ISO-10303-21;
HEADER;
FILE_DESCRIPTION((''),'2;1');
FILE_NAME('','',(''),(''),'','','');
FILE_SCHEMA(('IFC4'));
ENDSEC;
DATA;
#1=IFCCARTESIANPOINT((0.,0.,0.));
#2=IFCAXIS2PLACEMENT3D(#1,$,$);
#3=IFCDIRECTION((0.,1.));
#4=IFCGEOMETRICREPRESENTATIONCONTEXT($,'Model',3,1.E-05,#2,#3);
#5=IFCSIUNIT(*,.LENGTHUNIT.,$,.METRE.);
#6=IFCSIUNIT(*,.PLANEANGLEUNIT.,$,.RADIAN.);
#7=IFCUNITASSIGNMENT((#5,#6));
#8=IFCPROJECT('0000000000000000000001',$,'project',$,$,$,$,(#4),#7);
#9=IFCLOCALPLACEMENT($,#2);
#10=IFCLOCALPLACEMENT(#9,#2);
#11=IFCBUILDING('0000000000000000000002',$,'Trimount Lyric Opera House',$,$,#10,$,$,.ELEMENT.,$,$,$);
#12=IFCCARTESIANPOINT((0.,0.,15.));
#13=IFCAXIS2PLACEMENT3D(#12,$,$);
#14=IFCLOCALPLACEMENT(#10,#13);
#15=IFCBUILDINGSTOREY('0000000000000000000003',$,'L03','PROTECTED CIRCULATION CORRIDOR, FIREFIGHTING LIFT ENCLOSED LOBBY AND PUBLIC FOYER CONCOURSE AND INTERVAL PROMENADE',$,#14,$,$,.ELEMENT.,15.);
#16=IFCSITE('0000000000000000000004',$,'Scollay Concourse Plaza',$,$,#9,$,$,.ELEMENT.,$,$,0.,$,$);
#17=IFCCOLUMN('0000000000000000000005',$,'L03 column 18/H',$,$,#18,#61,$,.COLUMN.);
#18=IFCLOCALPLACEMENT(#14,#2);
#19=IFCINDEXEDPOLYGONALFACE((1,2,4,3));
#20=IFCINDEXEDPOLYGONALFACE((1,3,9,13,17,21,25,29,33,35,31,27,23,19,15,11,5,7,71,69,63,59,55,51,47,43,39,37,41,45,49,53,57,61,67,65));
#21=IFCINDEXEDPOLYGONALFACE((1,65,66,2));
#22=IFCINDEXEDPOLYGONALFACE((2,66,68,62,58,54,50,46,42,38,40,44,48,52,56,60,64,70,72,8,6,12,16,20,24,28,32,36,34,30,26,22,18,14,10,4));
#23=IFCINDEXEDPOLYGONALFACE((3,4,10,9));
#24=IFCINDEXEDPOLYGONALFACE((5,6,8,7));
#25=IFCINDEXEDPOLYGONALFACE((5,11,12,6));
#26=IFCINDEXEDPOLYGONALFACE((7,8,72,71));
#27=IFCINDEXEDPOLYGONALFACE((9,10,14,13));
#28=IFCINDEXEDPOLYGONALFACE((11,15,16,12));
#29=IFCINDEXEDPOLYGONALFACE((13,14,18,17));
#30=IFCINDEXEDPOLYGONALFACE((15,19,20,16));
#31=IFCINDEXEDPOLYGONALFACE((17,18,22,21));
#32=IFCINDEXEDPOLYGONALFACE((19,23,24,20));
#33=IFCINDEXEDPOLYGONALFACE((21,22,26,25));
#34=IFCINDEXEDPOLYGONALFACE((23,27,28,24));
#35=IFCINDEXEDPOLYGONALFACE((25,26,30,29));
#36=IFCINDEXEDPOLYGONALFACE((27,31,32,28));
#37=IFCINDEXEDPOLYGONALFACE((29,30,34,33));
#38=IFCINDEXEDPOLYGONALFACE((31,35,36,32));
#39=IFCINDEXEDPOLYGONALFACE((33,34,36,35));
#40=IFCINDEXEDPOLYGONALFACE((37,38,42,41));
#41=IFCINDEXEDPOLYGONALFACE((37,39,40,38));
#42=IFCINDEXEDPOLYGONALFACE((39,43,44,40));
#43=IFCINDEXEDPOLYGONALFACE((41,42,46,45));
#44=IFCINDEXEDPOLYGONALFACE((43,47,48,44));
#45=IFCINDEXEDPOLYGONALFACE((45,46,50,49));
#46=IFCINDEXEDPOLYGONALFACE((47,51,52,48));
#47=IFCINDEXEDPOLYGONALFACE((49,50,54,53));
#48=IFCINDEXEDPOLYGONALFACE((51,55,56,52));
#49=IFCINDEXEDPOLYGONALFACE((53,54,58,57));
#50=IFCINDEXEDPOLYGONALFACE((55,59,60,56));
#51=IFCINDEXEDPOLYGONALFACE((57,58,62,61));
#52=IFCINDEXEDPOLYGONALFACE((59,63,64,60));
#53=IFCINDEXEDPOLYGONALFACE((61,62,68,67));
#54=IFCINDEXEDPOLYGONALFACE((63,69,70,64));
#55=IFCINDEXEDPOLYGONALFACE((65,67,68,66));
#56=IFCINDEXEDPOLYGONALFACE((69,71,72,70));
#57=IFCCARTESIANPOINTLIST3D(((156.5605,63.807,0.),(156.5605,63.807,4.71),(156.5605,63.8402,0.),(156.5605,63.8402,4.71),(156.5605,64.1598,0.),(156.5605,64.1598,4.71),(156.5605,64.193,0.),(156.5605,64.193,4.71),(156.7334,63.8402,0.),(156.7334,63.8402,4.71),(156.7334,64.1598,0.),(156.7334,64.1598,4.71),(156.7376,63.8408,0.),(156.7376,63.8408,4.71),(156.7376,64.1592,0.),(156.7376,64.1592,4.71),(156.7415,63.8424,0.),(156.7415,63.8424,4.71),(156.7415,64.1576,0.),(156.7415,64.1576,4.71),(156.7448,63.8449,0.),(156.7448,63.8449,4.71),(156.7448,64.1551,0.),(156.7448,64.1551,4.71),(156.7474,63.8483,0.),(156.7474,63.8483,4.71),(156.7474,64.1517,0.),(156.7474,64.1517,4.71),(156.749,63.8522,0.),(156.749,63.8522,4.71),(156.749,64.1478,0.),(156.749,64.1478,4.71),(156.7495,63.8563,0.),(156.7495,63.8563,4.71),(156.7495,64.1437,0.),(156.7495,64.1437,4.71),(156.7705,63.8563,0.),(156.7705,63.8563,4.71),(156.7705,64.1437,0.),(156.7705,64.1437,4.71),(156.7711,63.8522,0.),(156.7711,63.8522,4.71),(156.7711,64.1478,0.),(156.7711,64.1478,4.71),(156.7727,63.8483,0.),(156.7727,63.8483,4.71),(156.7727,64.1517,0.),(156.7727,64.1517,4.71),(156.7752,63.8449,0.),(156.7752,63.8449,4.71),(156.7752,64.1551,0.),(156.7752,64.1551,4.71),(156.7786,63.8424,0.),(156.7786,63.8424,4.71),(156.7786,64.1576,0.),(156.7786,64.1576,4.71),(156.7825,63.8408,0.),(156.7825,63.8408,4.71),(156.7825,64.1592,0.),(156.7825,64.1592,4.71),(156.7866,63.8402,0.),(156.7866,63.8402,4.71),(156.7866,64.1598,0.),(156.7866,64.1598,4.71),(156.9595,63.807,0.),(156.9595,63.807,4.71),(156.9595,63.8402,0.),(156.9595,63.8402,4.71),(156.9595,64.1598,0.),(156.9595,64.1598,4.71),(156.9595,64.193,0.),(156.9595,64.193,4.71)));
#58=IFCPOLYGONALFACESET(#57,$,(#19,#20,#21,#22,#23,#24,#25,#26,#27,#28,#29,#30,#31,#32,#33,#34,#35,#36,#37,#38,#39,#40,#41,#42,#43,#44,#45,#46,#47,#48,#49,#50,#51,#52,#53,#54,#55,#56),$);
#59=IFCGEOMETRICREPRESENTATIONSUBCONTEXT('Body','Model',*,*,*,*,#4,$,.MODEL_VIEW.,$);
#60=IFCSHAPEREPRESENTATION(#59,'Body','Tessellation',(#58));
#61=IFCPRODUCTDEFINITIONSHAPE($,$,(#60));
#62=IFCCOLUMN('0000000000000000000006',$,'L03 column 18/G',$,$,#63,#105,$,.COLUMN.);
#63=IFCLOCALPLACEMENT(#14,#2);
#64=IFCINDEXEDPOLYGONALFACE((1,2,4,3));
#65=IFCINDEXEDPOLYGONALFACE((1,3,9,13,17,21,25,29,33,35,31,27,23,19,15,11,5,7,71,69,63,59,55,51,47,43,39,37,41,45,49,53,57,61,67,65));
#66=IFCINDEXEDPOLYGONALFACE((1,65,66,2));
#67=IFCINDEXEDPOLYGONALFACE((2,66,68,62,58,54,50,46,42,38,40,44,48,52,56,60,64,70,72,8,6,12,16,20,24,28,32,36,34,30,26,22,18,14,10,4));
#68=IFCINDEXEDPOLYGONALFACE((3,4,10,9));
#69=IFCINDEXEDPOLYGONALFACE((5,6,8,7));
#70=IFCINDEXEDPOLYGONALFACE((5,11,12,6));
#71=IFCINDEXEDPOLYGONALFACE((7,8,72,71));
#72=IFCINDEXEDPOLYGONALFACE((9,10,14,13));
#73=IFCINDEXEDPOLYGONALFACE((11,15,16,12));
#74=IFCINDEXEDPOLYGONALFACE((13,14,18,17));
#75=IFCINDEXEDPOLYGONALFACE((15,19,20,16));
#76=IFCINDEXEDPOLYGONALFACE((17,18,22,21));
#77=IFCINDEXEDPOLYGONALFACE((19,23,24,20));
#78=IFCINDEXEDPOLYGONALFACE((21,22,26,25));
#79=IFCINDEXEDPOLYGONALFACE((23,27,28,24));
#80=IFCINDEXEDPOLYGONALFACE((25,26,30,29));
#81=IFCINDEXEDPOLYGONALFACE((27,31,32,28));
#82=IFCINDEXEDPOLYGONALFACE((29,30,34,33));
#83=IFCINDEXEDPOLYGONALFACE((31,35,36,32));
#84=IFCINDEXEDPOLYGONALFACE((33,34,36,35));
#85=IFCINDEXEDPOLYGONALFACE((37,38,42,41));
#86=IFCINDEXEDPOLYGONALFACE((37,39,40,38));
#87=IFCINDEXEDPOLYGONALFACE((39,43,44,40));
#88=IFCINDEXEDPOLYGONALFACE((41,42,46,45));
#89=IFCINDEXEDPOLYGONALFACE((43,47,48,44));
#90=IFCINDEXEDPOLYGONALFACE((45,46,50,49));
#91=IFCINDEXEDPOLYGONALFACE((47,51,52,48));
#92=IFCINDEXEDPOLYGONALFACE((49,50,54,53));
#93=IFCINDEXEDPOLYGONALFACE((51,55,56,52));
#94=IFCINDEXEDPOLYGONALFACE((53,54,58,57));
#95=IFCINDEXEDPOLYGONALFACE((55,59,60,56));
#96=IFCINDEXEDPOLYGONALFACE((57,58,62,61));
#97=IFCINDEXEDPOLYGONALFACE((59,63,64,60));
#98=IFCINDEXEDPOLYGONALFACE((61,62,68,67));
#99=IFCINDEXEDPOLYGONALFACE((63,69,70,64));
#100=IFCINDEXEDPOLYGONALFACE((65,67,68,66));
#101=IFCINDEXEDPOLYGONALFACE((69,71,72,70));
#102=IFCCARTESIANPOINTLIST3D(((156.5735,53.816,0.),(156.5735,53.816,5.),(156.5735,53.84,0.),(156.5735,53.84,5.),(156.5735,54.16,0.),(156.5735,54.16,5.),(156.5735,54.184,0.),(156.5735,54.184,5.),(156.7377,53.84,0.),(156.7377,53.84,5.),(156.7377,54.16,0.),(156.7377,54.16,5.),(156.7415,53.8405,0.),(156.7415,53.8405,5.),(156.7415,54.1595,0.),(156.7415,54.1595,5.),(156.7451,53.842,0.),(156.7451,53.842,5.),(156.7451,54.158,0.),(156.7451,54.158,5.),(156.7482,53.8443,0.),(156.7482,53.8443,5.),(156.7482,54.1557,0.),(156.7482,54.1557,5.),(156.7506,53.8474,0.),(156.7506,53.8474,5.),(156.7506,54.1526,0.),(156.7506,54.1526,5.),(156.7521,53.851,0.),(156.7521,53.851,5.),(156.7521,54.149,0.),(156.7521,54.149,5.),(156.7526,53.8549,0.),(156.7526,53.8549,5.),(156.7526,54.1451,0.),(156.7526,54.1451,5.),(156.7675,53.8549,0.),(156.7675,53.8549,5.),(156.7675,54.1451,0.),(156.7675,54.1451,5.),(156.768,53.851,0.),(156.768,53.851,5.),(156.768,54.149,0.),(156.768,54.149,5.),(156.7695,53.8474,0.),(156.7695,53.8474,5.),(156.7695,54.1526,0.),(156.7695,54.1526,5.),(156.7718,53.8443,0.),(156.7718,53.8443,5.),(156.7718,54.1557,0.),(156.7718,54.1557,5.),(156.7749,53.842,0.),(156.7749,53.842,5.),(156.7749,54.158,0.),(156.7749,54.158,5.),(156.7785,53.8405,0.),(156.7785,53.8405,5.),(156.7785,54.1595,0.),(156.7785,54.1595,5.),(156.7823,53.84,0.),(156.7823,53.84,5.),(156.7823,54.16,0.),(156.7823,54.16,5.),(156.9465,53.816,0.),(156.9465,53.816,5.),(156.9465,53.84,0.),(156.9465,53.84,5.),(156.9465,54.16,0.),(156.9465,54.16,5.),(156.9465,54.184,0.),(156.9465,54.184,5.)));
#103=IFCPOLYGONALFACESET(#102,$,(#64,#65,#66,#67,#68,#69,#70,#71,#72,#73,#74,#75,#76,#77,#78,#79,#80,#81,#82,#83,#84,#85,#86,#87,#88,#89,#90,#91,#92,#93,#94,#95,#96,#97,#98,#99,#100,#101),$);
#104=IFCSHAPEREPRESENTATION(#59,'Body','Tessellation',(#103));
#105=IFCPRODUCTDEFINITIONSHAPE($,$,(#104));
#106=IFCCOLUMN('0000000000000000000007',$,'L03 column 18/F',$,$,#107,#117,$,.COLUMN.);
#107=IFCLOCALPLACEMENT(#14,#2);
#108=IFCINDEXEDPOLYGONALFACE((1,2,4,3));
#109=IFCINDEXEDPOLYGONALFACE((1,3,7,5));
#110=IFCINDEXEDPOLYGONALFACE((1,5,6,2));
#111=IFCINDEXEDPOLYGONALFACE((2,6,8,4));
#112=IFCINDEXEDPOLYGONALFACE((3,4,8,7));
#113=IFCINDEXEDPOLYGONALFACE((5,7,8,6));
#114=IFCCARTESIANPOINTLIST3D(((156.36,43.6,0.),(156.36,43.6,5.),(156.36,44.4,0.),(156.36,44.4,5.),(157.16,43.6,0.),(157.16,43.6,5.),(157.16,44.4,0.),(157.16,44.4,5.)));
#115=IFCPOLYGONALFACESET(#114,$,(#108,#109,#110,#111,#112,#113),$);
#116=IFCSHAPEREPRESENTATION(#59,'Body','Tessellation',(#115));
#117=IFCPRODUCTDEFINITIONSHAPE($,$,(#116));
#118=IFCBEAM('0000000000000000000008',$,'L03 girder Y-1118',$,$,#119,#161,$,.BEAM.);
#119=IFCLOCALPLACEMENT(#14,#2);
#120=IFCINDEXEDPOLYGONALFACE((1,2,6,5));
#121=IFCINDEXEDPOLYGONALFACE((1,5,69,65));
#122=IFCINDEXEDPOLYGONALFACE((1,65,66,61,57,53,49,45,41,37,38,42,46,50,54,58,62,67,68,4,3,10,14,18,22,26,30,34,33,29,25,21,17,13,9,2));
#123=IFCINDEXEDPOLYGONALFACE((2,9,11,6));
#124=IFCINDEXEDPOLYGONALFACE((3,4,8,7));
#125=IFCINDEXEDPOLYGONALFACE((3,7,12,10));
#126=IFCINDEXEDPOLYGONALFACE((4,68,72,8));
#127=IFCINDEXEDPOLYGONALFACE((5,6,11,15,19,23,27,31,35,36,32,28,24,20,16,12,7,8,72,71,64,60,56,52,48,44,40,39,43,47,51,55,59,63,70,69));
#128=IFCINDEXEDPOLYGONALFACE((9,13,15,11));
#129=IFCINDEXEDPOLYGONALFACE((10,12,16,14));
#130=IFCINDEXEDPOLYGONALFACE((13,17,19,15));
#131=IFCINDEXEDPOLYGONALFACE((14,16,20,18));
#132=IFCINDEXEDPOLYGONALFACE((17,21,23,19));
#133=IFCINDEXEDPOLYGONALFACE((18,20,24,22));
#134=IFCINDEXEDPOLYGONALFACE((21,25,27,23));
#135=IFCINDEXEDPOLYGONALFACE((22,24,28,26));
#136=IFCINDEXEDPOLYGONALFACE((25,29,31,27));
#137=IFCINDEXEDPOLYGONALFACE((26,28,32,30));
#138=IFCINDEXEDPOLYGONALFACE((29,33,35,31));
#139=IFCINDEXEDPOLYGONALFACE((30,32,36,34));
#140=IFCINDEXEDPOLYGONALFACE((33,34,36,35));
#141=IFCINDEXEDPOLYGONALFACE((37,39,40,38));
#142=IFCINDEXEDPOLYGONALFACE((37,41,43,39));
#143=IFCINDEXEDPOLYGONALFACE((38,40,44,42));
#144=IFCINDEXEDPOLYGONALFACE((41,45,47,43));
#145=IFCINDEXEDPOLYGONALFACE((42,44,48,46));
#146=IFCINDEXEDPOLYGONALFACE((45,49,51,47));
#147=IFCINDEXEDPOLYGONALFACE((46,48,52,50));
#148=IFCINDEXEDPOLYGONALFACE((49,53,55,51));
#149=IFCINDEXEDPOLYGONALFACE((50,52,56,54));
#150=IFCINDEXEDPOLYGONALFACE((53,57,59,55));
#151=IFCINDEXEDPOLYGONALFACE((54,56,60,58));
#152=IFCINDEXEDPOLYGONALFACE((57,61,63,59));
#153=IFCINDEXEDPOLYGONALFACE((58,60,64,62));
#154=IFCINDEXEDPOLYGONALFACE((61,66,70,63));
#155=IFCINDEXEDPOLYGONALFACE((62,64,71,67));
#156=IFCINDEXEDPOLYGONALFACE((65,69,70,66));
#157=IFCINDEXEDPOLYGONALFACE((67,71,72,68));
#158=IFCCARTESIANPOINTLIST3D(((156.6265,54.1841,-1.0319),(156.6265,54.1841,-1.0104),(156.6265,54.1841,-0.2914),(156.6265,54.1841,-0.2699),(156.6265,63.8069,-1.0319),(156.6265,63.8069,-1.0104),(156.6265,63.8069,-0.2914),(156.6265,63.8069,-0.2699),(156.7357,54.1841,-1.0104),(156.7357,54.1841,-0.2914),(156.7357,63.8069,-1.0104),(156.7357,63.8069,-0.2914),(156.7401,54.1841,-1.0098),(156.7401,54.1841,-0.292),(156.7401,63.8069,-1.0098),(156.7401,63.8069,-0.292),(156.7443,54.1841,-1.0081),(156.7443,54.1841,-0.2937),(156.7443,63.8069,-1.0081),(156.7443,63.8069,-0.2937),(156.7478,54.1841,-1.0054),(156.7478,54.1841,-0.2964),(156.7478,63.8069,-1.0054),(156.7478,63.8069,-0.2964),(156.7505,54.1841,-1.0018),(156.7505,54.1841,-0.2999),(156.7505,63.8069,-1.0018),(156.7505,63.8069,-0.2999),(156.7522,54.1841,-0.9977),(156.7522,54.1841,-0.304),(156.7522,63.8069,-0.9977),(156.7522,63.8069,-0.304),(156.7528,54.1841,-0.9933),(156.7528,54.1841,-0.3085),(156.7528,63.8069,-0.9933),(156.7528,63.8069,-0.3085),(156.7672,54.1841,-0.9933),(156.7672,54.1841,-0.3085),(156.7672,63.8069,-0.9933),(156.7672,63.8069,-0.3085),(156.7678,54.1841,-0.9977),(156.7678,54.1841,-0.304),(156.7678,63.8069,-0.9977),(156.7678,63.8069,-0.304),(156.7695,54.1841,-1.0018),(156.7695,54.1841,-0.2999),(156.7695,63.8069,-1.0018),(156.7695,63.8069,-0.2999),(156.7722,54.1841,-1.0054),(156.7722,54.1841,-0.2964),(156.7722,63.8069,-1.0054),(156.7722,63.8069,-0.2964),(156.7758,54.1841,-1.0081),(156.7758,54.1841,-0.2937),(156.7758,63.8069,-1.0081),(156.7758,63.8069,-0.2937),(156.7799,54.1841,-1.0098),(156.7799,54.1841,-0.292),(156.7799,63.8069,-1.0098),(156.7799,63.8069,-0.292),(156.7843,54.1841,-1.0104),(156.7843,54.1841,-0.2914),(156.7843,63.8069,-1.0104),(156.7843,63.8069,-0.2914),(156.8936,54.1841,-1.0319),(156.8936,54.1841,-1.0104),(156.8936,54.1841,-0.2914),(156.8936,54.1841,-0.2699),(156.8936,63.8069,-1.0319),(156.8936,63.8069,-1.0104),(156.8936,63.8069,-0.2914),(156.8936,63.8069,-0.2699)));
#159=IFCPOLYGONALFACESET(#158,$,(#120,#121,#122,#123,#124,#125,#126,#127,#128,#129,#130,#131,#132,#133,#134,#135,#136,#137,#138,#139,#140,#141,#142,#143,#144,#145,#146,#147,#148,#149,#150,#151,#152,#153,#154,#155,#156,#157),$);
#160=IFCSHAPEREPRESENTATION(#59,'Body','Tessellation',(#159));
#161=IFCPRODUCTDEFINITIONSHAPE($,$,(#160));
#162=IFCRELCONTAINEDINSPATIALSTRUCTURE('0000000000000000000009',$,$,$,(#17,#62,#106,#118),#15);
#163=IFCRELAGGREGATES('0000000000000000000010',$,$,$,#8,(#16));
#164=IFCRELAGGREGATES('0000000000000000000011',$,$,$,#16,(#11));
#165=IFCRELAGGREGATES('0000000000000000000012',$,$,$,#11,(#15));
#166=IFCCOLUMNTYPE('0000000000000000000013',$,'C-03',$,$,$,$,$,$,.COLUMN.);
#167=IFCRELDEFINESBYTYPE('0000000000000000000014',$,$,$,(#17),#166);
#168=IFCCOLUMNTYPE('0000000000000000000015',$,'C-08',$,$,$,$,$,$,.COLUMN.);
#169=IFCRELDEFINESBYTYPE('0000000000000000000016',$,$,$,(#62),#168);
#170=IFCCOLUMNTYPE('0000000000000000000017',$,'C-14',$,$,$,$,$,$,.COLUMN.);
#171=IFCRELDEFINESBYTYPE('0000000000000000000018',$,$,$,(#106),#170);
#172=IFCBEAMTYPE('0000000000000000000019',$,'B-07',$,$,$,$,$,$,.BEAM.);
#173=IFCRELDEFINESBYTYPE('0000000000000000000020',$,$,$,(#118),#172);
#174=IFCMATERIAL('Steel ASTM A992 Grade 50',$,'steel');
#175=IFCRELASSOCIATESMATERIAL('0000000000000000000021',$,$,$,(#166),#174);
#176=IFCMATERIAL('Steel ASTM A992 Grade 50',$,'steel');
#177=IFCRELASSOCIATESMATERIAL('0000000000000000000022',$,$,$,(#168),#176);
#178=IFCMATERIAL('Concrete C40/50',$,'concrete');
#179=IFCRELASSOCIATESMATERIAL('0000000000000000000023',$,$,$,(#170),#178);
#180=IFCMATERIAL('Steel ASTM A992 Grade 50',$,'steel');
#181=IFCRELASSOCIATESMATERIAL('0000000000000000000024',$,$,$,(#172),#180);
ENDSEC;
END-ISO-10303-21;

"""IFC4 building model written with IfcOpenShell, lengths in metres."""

from ifc_helpers import new_model, si_unit, direction, frame, origin, origin_2d, place, context, subcontext, project, spatial, rectangle, i_section, extrude, material, material_profile, profile_set, type_object, element, save


model = new_model("IFC4")

# Units and contexts
model_context = context("Model", 3, precision=1e-05, world=origin(), true_north=direction((0.0, 1.0)))
body_context = subcontext(model_context, "Body", "Model", "MODEL_VIEW")
ifc_project = project(units=[si_unit("LENGTHUNIT", "METRE"), si_unit("PLANEANGLEUNIT", "RADIAN")], contexts=[model_context])

# Site, building, storey
site_placement = place(None, origin())
site = spatial("IfcSite", under=ifc_project, at=site_placement, Name="Scollay Concourse Plaza", CompositionType="ELEMENT", RefElevation=0.0)
building_placement = place(site_placement, origin())
building = spatial("IfcBuilding", under=site, at=building_placement, Name="Trimount Lyric Opera House", CompositionType="ELEMENT")
storey_placement = place(building_placement, frame((0.0, 0.0, 15.0)))
storey = spatial("IfcBuildingStorey", under=building, at=storey_placement, Name="L03", Description="PROTECTED CIRCULATION CORRIDOR, FIREFIGHTING LIFT ENCLOSED LOBBY AND PUBLIC FOYER CONCOURSE AND INTERVAL PROMENADE", CompositionType="ELEMENT", Elevation=15.0)

# Columns
ifc_material_1 = material(Name="Steel ASTM A992 Grade 50", Category="steel")
ifc_material_profile_1 = material_profile(ifc_material_1, i_section(OverallWidth=0.3989, OverallDepth=0.386, WebThickness=0.021, FlangeThickness=0.0332, FilletRadius=0.0161, at=origin_2d()), Name="W14X176")
ifc_profile_set_1 = profile_set([ifc_material_profile_1], Name="Steel ASTM A992 Grade 50")
column_type_1 = type_object("IfcColumnType", Name="C-03", PredefinedType="COLUMN", material=ifc_profile_set_1)
column_1_placement = place(storey_placement, frame((156.76, 64.0, 0.0), z_axis=(0.0, 0.0, 1.0), x_axis=(1.0, 0.0, 0.0)))
element("IfcColumn", 1, at=column_1_placement, inside=storey, type_object=column_type_1, Name="L03 column 18/H", PredefinedType="COLUMN", context=body_context, shape_type="SweptSolid", body=[
    extrude(i_section(OverallWidth=0.3989, OverallDepth=0.386, WebThickness=0.021, FlangeThickness=0.0332, FilletRadius=0.0161, at=origin_2d()), origin(), (0.0, 0.0, 1.0), 4.71),
])
ifc_material_2 = material(Name="Steel ASTM A992 Grade 50", Category="steel")
ifc_material_profile_2 = material_profile(ifc_material_2, i_section(OverallWidth=0.373, OverallDepth=0.3679, WebThickness=0.0149, FlangeThickness=0.0239, FilletRadius=0.0149, at=origin_2d()), Name="W14X120")
ifc_profile_set_2 = profile_set([ifc_material_profile_2], Name="Steel ASTM A992 Grade 50")
column_type_2 = type_object("IfcColumnType", Name="C-08", PredefinedType="COLUMN", material=ifc_profile_set_2)
column_2_placement = place(storey_placement, frame((156.76, 54.0, 0.0), z_axis=(0.0, 0.0, 1.0), x_axis=(1.0, 0.0, 0.0)))
element("IfcColumn", 2, at=column_2_placement, inside=storey, type_object=column_type_2, Name="L03 column 18/G", PredefinedType="COLUMN", context=body_context, shape_type="SweptSolid", body=[
    extrude(i_section(OverallWidth=0.373, OverallDepth=0.3679, WebThickness=0.0149, FlangeThickness=0.0239, FilletRadius=0.0149, at=origin_2d()), origin(), (0.0, 0.0, 1.0), 5.0),
])
ifc_material_3 = material(Name="Concrete C40/50", Category="concrete")
ifc_material_profile_3 = material_profile(ifc_material_3, rectangle(XDim=0.8, YDim=0.8, at=origin_2d()), Name="RC800X800")
ifc_profile_set_3 = profile_set([ifc_material_profile_3], Name="Concrete C40/50")
column_type_3 = type_object("IfcColumnType", Name="C-14", PredefinedType="COLUMN", material=ifc_profile_set_3)
column_3_placement = place(storey_placement, frame((156.76, 44.0, 0.0), z_axis=(0.0, 0.0, 1.0), x_axis=(1.0, 0.0, 0.0)))
element("IfcColumn", 3, at=column_3_placement, inside=storey, type_object=column_type_3, Name="L03 column 18/F", PredefinedType="COLUMN", context=body_context, shape_type="SweptSolid", body=[
    extrude(rectangle(XDim=0.8, YDim=0.8, at=origin_2d()), origin(), (0.0, 0.0, 1.0), 5.0),
])

# Beam
ifc_material_4 = material(Name="Steel ASTM A992 Grade 50", Category="steel")
ifc_material_profile_4 = material_profile(ifc_material_4, i_section(OverallWidth=0.2671, OverallDepth=0.762, WebThickness=0.0144, FlangeThickness=0.0215, FilletRadius=0.0171, at=origin_2d()), Name="W30X116")
ifc_profile_set_4 = profile_set([ifc_material_profile_4], Name="Steel ASTM A992 Grade 50")
beam_type_1 = type_object("IfcBeamType", Name="B-07", PredefinedType="BEAM", material=ifc_profile_set_4)
beam_1_placement = place(storey_placement, frame((156.76, 54.1841, -0.6509), z_axis=(0.0, 1.0, 0.0), x_axis=(-1.0, 0.0, 0.0)))
element("IfcBeam", 4, at=beam_1_placement, inside=storey, type_object=beam_type_1, Name="L03 girder Y-1118", PredefinedType="BEAM", context=body_context, shape_type="SweptSolid", body=[
    extrude(i_section(OverallWidth=0.2671, OverallDepth=0.762, WebThickness=0.0144, FlangeThickness=0.0215, FilletRadius=0.0171, at=origin_2d()), origin(), (0.0, 0.0, 1.0), 9.6228),
])

save(model, "model.ifc")
